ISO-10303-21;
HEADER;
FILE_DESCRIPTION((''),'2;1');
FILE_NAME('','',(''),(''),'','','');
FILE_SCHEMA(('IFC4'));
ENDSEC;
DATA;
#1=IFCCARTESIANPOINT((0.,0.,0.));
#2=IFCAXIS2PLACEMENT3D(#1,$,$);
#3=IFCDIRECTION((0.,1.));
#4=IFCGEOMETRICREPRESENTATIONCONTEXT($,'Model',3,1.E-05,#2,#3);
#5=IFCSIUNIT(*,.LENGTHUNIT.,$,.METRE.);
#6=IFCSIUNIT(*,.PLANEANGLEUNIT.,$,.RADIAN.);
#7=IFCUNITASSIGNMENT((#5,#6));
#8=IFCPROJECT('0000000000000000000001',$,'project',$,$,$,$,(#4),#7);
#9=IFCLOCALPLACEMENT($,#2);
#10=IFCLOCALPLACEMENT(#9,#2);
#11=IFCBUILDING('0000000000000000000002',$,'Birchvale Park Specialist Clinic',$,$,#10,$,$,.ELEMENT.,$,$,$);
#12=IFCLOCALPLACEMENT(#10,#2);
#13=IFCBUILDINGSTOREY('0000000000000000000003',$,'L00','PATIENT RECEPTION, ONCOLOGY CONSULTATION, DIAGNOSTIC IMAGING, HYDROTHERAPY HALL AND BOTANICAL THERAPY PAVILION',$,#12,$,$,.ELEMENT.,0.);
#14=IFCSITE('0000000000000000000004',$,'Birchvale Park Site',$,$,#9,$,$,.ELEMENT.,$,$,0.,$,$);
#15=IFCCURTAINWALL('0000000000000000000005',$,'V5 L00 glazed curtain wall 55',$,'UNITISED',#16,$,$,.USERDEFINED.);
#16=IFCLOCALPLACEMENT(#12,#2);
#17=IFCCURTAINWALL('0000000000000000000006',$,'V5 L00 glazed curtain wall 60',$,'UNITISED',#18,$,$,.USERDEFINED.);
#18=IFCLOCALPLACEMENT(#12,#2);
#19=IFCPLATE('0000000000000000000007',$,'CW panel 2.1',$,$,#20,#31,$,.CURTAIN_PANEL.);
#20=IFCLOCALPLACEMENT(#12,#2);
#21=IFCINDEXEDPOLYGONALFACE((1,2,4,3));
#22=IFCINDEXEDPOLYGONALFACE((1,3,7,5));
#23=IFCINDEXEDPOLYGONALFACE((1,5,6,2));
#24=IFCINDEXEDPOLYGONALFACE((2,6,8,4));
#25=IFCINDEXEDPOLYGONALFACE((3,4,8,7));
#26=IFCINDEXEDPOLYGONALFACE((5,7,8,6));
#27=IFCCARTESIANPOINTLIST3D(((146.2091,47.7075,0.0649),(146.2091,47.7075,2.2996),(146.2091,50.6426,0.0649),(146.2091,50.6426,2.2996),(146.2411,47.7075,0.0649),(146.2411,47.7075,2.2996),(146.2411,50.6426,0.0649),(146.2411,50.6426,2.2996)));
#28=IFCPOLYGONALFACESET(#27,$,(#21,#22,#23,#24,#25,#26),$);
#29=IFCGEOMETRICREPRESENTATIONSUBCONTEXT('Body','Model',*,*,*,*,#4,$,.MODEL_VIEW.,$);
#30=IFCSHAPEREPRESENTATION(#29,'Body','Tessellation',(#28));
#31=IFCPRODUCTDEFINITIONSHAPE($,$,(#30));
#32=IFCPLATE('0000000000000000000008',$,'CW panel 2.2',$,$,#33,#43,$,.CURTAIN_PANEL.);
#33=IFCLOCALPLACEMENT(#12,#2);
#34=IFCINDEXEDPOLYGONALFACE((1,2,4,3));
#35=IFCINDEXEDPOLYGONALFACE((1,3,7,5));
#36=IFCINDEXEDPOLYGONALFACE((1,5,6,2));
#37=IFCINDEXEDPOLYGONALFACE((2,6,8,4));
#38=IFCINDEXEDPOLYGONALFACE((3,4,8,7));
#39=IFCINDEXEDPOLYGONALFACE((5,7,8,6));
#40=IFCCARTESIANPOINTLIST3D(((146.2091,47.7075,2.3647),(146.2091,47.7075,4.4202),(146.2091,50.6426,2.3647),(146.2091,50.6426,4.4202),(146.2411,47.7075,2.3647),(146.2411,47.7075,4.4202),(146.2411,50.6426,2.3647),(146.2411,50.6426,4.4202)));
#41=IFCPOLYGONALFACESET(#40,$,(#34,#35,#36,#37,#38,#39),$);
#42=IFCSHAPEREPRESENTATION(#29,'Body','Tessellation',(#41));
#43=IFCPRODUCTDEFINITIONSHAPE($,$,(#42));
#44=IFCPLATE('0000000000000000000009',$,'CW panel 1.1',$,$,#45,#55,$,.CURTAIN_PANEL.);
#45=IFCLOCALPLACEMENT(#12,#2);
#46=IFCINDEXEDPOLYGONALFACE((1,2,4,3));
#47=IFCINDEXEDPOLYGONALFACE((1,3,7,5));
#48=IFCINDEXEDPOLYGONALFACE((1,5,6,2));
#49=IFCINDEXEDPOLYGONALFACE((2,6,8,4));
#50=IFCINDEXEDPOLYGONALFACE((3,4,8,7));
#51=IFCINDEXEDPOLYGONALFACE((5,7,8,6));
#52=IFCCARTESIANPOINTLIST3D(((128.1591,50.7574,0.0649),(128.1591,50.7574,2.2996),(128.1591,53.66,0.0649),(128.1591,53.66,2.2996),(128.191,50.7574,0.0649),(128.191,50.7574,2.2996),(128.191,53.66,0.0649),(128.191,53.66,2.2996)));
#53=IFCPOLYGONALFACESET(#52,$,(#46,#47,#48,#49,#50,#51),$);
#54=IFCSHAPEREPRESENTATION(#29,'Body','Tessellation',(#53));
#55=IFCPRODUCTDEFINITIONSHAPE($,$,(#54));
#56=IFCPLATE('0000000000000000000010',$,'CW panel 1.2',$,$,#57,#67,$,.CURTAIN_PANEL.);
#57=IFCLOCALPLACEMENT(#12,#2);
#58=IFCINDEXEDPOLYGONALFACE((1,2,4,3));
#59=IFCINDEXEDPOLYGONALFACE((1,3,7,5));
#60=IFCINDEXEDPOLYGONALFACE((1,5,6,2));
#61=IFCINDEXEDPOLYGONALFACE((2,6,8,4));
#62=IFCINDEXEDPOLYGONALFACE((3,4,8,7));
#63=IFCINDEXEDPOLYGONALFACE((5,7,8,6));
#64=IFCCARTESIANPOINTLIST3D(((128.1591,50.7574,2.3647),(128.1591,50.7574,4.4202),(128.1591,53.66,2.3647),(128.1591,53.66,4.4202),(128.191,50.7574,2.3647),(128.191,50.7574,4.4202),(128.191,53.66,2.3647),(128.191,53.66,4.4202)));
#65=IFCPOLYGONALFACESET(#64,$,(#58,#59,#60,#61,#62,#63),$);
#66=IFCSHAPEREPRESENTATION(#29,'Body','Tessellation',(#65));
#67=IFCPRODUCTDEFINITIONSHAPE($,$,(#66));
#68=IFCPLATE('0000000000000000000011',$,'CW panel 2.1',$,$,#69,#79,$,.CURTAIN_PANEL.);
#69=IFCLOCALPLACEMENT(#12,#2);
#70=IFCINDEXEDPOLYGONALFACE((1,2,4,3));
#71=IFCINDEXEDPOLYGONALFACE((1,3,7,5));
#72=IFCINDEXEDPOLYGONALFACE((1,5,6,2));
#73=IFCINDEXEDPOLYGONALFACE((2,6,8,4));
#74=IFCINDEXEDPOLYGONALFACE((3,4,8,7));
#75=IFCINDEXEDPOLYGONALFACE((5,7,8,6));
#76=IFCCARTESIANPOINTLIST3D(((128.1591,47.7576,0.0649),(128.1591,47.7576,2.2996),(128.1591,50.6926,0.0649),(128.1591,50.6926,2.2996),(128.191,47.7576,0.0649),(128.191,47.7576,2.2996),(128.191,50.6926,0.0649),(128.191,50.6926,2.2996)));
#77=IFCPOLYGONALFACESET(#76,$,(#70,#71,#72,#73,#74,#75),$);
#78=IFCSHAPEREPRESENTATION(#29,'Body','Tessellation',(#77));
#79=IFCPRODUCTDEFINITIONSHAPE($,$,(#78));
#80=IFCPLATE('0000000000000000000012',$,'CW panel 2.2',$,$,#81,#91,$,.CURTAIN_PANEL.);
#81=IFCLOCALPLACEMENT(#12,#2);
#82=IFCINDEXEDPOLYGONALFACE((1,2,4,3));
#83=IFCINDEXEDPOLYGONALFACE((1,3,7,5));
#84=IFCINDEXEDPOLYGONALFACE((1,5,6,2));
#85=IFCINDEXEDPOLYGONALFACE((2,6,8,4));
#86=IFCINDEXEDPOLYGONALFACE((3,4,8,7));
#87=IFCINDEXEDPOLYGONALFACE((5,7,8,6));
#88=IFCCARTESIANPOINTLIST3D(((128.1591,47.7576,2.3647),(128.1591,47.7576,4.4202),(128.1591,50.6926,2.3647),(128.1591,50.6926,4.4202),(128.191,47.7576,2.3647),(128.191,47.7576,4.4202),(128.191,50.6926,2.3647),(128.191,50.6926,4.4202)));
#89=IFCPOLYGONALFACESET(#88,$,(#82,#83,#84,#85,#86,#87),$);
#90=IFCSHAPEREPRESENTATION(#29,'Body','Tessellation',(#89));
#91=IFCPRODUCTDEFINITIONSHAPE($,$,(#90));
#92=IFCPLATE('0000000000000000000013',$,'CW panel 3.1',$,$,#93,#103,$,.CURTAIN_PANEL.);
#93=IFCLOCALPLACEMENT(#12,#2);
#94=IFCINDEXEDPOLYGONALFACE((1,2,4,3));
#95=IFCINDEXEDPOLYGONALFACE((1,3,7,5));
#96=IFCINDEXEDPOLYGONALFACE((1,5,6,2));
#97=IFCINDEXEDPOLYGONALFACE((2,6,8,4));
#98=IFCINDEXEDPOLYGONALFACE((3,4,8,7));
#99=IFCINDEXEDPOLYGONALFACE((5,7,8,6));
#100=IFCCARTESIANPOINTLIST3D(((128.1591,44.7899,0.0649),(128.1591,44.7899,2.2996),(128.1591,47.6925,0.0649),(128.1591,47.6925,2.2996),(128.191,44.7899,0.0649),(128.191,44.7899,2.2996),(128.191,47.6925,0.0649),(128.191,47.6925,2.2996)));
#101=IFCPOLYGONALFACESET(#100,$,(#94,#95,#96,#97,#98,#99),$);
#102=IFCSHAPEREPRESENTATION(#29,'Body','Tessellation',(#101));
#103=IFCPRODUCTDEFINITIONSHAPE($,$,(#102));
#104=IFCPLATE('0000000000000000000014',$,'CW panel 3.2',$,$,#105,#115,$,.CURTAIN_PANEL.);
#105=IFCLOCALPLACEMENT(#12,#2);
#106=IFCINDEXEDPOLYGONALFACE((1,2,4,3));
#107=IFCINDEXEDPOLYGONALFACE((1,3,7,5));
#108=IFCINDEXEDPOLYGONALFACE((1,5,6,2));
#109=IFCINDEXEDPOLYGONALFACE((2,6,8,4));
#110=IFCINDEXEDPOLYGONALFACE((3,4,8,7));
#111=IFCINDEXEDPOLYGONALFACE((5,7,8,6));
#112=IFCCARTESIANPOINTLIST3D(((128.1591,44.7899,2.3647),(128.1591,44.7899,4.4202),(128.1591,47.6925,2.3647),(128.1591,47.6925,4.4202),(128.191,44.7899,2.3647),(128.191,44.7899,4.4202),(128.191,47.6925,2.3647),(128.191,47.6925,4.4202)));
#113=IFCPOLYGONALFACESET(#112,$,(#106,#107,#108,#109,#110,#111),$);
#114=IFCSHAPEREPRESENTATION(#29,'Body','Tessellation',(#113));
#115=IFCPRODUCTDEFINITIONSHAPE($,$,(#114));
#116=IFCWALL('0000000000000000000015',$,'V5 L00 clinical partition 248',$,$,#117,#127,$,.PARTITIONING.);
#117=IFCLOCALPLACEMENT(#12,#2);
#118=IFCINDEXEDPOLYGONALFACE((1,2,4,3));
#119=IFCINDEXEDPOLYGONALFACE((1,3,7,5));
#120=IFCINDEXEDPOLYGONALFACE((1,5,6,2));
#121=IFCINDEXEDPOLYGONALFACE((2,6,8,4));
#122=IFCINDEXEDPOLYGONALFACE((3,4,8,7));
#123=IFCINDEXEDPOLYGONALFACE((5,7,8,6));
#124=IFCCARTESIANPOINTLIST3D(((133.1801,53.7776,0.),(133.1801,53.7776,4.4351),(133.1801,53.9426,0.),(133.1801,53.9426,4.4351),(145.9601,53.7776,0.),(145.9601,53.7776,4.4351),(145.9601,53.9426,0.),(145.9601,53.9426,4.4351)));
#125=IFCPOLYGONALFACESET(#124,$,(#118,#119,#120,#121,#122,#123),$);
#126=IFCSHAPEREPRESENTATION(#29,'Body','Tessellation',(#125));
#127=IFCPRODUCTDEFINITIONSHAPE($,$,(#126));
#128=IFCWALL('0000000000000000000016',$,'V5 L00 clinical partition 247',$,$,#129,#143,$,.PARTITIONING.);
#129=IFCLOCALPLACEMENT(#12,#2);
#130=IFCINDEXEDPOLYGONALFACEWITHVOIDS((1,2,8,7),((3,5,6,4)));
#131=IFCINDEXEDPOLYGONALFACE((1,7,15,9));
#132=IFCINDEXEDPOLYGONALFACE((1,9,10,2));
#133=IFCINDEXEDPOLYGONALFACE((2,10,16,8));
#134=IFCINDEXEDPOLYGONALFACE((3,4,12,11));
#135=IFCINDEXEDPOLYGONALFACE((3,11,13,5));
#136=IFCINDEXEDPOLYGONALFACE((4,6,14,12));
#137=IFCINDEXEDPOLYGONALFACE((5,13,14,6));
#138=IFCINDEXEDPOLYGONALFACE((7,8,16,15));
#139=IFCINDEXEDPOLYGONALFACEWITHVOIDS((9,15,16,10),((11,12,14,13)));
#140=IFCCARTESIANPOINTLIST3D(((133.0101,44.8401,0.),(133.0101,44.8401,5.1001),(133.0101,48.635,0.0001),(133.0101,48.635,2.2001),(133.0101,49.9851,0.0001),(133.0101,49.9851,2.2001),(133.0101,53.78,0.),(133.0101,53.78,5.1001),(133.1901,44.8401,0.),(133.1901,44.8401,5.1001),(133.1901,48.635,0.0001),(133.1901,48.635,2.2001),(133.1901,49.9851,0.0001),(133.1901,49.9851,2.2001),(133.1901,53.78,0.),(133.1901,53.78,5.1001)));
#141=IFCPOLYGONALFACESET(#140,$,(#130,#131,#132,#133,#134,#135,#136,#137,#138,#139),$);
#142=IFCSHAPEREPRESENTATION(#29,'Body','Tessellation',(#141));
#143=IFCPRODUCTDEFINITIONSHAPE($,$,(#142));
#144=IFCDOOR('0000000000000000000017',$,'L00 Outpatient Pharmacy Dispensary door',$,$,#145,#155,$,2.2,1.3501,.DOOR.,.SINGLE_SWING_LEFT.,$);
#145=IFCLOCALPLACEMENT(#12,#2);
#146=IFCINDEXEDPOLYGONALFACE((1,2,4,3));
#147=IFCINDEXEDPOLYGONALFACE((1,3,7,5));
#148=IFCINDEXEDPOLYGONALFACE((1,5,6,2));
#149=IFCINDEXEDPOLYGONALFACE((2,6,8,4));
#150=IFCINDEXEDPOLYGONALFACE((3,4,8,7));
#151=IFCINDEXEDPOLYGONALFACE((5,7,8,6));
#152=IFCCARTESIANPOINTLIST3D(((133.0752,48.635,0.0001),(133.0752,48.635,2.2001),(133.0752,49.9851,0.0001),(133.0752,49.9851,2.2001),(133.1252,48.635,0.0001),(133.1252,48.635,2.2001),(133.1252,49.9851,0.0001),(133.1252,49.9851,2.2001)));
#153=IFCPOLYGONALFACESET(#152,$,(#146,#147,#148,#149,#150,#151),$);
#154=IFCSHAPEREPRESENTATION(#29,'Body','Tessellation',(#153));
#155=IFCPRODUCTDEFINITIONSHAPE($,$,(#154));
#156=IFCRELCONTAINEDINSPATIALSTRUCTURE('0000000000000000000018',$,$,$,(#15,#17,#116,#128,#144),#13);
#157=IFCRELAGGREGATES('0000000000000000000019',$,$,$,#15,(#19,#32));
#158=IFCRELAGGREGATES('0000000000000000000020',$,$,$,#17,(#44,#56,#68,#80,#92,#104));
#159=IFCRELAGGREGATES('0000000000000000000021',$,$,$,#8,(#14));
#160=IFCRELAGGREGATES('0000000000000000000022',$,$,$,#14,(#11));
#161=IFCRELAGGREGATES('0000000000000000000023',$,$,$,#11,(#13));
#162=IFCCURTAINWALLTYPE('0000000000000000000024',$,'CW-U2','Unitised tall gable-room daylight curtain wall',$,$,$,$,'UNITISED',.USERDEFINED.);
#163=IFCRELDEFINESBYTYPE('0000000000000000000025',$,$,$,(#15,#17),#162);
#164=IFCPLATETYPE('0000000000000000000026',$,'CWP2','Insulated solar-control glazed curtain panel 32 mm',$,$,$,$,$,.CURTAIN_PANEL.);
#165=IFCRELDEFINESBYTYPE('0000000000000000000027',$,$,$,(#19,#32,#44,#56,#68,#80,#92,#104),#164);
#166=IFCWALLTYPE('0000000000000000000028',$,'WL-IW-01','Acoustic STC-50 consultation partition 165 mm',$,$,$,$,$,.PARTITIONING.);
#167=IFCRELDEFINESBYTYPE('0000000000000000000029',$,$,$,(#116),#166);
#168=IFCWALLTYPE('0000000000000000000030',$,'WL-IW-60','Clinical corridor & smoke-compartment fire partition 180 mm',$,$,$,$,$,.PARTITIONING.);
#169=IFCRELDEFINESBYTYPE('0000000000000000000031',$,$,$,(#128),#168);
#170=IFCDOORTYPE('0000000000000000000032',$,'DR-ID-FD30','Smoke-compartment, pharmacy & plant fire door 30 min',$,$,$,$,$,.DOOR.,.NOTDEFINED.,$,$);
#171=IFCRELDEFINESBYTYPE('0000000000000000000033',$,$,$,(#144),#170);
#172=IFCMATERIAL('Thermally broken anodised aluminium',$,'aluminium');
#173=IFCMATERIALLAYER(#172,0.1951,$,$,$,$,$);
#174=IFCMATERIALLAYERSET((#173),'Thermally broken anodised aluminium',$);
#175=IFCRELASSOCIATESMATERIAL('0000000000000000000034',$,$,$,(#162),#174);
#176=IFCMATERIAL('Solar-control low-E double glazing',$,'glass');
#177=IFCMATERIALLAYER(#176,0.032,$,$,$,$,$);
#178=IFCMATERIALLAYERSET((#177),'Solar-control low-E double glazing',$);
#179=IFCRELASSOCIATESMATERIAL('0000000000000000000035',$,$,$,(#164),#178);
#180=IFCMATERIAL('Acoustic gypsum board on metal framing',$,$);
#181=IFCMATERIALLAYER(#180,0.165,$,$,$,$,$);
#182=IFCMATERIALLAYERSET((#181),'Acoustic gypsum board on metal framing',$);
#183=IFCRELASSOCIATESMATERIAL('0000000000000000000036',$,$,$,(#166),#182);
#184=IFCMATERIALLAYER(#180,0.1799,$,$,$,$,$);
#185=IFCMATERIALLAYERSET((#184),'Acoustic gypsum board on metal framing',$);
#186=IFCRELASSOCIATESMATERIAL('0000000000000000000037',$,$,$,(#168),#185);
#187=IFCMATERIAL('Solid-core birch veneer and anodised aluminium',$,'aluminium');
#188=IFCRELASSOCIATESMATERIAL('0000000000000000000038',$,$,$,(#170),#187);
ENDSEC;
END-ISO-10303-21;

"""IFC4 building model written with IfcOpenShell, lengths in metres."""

from ifc_helpers import new_model, si_unit, direction, frame, frame_2d, origin, origin_2d, place, context, subcontext, project, spatial, rectangle, extrude, material, layer, layer_set, type_object, element, fill, aggregate, save


model = new_model("IFC4")

# Units and contexts
model_context = context("Model", 3, precision=1e-05, world=origin(), true_north=direction((0.0, 1.0)))
body_context = subcontext(model_context, "Body", "Model", "MODEL_VIEW")
ifc_project = project(units=[si_unit("LENGTHUNIT", "METRE"), si_unit("PLANEANGLEUNIT", "RADIAN")], contexts=[model_context])

# Site, building, storey
site_placement = place(None, origin())
site = spatial("IfcSite", under=ifc_project, at=site_placement, Name="Birchvale Park Site", CompositionType="ELEMENT", RefElevation=0.0)
building_placement = place(site_placement, origin())
building = spatial("IfcBuilding", under=site, at=building_placement, Name="Birchvale Park Specialist Clinic", CompositionType="ELEMENT")
storey_placement = place(building_placement, origin())
storey = spatial("IfcBuildingStorey", under=building, at=storey_placement, Name="L00", Description="PATIENT RECEPTION, ONCOLOGY CONSULTATION, DIAGNOSTIC IMAGING, HYDROTHERAPY HALL AND BOTANICAL THERAPY PAVILION", CompositionType="ELEMENT", Elevation=0.0)

# Curtain walls
ifc_material_1 = material(Name="Thermally broken anodised aluminium", Category="aluminium")
ifc_layer_1 = layer(ifc_material_1, 0.1951)
ifc_layer_set_1 = layer_set([ifc_layer_1], Name="Thermally broken anodised aluminium")
curtain_wall_type = type_object("IfcCurtainWallType", Name="CW-U2", Description="Unitised tall gable-room daylight curtain wall", ElementType="UNITISED", PredefinedType="USERDEFINED", material=ifc_layer_set_1)
curtain_wall_1_placement = place(storey_placement, origin())
curtain_wall_1 = element("IfcCurtainWall", 1, at=curtain_wall_1_placement, inside=storey, type_object=curtain_wall_type, Name="V5 L00 glazed curtain wall 55", ObjectType="UNITISED", PredefinedType="USERDEFINED")
curtain_wall_2_placement = place(storey_placement, origin())
curtain_wall_2 = element("IfcCurtainWall", 2, at=curtain_wall_2_placement, inside=storey, type_object=curtain_wall_type, Name="V5 L00 glazed curtain wall 60", ObjectType="UNITISED", PredefinedType="USERDEFINED")

# Plates
ifc_material_2 = material(Name="Solar-control low-E double glazing", Category="glass")
ifc_layer_2 = layer(ifc_material_2, 0.032)
ifc_layer_set_2 = layer_set([ifc_layer_2], Name="Solar-control low-E double glazing")
plate_type = type_object("IfcPlateType", Name="CWP2", Description="Insulated solar-control glazed curtain panel 32 mm", PredefinedType="CURTAIN_PANEL", material=ifc_layer_set_2)
plate_1_placement = place(storey_placement, frame((146.2251, 49.175, 0.0649), z_axis=(0.0, 0.0, 1.0), x_axis=(0.0, 1.0, 0.0)))
plate_1 = element("IfcPlate", 3, at=plate_1_placement, type_object=plate_type, Name="CW panel 2.1", PredefinedType="CURTAIN_PANEL", context=body_context, shape_type="SweptSolid", body=[
    extrude(rectangle(XDim=2.9351, YDim=0.032, at=origin_2d()), origin(), (0.0, 0.0, 1.0), 2.2346),
])
plate_2_placement = place(storey_placement, frame((146.2251, 49.175, 2.3647), z_axis=(0.0, 0.0, 1.0), x_axis=(0.0, 1.0, 0.0)))
plate_2 = element("IfcPlate", 4, at=plate_2_placement, type_object=plate_type, Name="CW panel 2.2", PredefinedType="CURTAIN_PANEL", context=body_context, shape_type="SweptSolid", body=[
    extrude(rectangle(XDim=2.9351, YDim=0.032, at=origin_2d()), origin(), (0.0, 0.0, 1.0), 2.0554),
])
aggregate(curtain_wall_1, [plate_1, plate_2])
plate_3_placement = place(storey_placement, frame((128.175, 52.2087, 0.0649), z_axis=(0.0, 0.0, 1.0), x_axis=(0.0, -1.0, 0.0)))
plate_3 = element("IfcPlate", 5, at=plate_3_placement, type_object=plate_type, Name="CW panel 1.1", PredefinedType="CURTAIN_PANEL", context=body_context, shape_type="SweptSolid", body=[
    extrude(rectangle(XDim=2.9026, YDim=0.032, at=origin_2d()), origin(), (0.0, 0.0, 1.0), 2.2346),
])
plate_4_placement = place(storey_placement, frame((128.175, 52.2087, 2.3647), z_axis=(0.0, 0.0, 1.0), x_axis=(0.0, -1.0, 0.0)))
plate_4 = element("IfcPlate", 6, at=plate_4_placement, type_object=plate_type, Name="CW panel 1.2", PredefinedType="CURTAIN_PANEL", context=body_context, shape_type="SweptSolid", body=[
    extrude(rectangle(XDim=2.9026, YDim=0.032, at=origin_2d()), origin(), (0.0, 0.0, 1.0), 2.0554),
])
plate_5_placement = place(storey_placement, frame((128.175, 49.2251, 0.0649), z_axis=(0.0, 0.0, 1.0), x_axis=(0.0, -1.0, 0.0)))
plate_5 = element("IfcPlate", 7, at=plate_5_placement, type_object=plate_type, Name="CW panel 2.1", PredefinedType="CURTAIN_PANEL", context=body_context, shape_type="SweptSolid", body=[
    extrude(rectangle(XDim=2.9351, YDim=0.032, at=origin_2d()), origin(), (0.0, 0.0, 1.0), 2.2346),
])
plate_6_placement = place(storey_placement, frame((128.175, 49.2251, 2.3647), z_axis=(0.0, 0.0, 1.0), x_axis=(0.0, -1.0, 0.0)))
plate_6 = element("IfcPlate", 8, at=plate_6_placement, type_object=plate_type, Name="CW panel 2.2", PredefinedType="CURTAIN_PANEL", context=body_context, shape_type="SweptSolid", body=[
    extrude(rectangle(XDim=2.9351, YDim=0.032, at=origin_2d()), origin(), (0.0, 0.0, 1.0), 2.0554),
])
plate_7_placement = place(storey_placement, frame((128.175, 46.2412, 0.0649), z_axis=(0.0, 0.0, 1.0), x_axis=(0.0, -1.0, 0.0)))
plate_7 = element("IfcPlate", 9, at=plate_7_placement, type_object=plate_type, Name="CW panel 3.1", PredefinedType="CURTAIN_PANEL", context=body_context, shape_type="SweptSolid", body=[
    extrude(rectangle(XDim=2.9026, YDim=0.032, at=origin_2d()), origin(), (0.0, 0.0, 1.0), 2.2346),
])
plate_8_placement = place(storey_placement, frame((128.175, 46.2412, 2.3647), z_axis=(0.0, 0.0, 1.0), x_axis=(0.0, -1.0, 0.0)))
plate_8 = element("IfcPlate", 10, at=plate_8_placement, type_object=plate_type, Name="CW panel 3.2", PredefinedType="CURTAIN_PANEL", context=body_context, shape_type="SweptSolid", body=[
    extrude(rectangle(XDim=2.9026, YDim=0.032, at=origin_2d()), origin(), (0.0, 0.0, 1.0), 2.0554),
])
aggregate(curtain_wall_2, [plate_3, plate_4, plate_5, plate_6, plate_7, plate_8])

# Wall
ifc_material_3 = material(Name="Acoustic gypsum board on metal framing")
ifc_layer_3 = layer(ifc_material_3, 0.165)
ifc_layer_set_3 = layer_set([ifc_layer_3], Name="Acoustic gypsum board on metal framing")
wall_type_1 = type_object("IfcWallType", Name="WL-IW-01", Description="Acoustic STC-50 consultation partition 165 mm", PredefinedType="PARTITIONING", material=ifc_layer_set_3)
wall_1_placement = place(storey_placement, frame((133.1799, 53.8601, 0.0), z_axis=(0.0, 0.0, 1.0), x_axis=(1.0, 0.0, 0.0)))
element("IfcWall", 11, at=wall_1_placement, inside=storey, type_object=wall_type_1, Name="V5 L00 clinical partition 248", PredefinedType="PARTITIONING", context=body_context, shape_type="SweptSolid", body=[
    extrude(rectangle(XDim=12.78, YDim=0.165, at=frame_2d((6.3901, 0.0))), origin(), (0.0, 0.0, 1.0), 4.4351),
])

# Wall, opening, door
ifc_layer_4 = layer(ifc_material_3, 0.1799)
ifc_layer_set_4 = layer_set([ifc_layer_4], Name="Acoustic gypsum board on metal framing")
wall_type_2 = type_object("IfcWallType", Name="WL-IW-60", Description="Clinical corridor & smoke-compartment fire partition 180 mm", PredefinedType="PARTITIONING", material=ifc_layer_set_4)
wall_2_placement = place(storey_placement, frame((133.1001, 44.8401, 0.0), z_axis=(0.0, 0.0, 1.0), x_axis=(0.0, 1.0, 0.0)))
wall_2 = element("IfcWall", 12, at=wall_2_placement, inside=storey, type_object=wall_type_2, Name="V5 L00 clinical partition 247", PredefinedType="PARTITIONING", context=body_context, shape_type="SweptSolid", body=[
    extrude(rectangle(XDim=8.9399, YDim=0.1799, at=frame_2d((4.47, 0.0))), origin(), (0.0, 0.0, 1.0), 5.1001),
])
opening_placement = place(wall_2_placement, frame((3.7949, 0.0, 0.0)))
opening = element("IfcOpeningElement", 13, at=opening_placement, cuts=wall_2, PredefinedType="OPENING", context=body_context, shape_type="SweptSolid", body=[
    extrude(rectangle(XDim=1.3501, YDim=2.2, at=frame_2d((0.675, 1.1001))), frame((0.0, 0.1001, 0.0), z_axis=(0.0, -1.0, 0.0), x_axis=(1.0, 0.0, 0.0)), (0.0, 0.0, 1.0), 0.2),
])
ifc_material_4 = material(Name="Solid-core birch veneer and anodised aluminium", Category="aluminium")
door_type = type_object("IfcDoorType", Name="DR-ID-FD30", Description="Smoke-compartment, pharmacy & plant fire door 30 min", OperationType="NOTDEFINED", PredefinedType="DOOR", material=ifc_material_4)
door_placement = place(opening_placement, origin())
door = element("IfcDoor", 14, at=door_placement, inside=storey, type_object=door_type, Name="L00 Outpatient Pharmacy Dispensary door", OperationType="SINGLE_SWING_LEFT", OverallHeight=2.2, OverallWidth=1.3501, PredefinedType="DOOR", context=body_context, shape_type="SweptSolid", body=[
    extrude(rectangle(XDim=1.3501, YDim=2.2, at=frame_2d((0.675, 1.1001))), frame((0.0, 0.0249, 0.0), z_axis=(0.0, -1.0, 0.0), x_axis=(1.0, 0.0, 0.0)), (0.0, 0.0, 1.0), 0.05),
])
fill(opening, door)

save(model, "model.ifc")
